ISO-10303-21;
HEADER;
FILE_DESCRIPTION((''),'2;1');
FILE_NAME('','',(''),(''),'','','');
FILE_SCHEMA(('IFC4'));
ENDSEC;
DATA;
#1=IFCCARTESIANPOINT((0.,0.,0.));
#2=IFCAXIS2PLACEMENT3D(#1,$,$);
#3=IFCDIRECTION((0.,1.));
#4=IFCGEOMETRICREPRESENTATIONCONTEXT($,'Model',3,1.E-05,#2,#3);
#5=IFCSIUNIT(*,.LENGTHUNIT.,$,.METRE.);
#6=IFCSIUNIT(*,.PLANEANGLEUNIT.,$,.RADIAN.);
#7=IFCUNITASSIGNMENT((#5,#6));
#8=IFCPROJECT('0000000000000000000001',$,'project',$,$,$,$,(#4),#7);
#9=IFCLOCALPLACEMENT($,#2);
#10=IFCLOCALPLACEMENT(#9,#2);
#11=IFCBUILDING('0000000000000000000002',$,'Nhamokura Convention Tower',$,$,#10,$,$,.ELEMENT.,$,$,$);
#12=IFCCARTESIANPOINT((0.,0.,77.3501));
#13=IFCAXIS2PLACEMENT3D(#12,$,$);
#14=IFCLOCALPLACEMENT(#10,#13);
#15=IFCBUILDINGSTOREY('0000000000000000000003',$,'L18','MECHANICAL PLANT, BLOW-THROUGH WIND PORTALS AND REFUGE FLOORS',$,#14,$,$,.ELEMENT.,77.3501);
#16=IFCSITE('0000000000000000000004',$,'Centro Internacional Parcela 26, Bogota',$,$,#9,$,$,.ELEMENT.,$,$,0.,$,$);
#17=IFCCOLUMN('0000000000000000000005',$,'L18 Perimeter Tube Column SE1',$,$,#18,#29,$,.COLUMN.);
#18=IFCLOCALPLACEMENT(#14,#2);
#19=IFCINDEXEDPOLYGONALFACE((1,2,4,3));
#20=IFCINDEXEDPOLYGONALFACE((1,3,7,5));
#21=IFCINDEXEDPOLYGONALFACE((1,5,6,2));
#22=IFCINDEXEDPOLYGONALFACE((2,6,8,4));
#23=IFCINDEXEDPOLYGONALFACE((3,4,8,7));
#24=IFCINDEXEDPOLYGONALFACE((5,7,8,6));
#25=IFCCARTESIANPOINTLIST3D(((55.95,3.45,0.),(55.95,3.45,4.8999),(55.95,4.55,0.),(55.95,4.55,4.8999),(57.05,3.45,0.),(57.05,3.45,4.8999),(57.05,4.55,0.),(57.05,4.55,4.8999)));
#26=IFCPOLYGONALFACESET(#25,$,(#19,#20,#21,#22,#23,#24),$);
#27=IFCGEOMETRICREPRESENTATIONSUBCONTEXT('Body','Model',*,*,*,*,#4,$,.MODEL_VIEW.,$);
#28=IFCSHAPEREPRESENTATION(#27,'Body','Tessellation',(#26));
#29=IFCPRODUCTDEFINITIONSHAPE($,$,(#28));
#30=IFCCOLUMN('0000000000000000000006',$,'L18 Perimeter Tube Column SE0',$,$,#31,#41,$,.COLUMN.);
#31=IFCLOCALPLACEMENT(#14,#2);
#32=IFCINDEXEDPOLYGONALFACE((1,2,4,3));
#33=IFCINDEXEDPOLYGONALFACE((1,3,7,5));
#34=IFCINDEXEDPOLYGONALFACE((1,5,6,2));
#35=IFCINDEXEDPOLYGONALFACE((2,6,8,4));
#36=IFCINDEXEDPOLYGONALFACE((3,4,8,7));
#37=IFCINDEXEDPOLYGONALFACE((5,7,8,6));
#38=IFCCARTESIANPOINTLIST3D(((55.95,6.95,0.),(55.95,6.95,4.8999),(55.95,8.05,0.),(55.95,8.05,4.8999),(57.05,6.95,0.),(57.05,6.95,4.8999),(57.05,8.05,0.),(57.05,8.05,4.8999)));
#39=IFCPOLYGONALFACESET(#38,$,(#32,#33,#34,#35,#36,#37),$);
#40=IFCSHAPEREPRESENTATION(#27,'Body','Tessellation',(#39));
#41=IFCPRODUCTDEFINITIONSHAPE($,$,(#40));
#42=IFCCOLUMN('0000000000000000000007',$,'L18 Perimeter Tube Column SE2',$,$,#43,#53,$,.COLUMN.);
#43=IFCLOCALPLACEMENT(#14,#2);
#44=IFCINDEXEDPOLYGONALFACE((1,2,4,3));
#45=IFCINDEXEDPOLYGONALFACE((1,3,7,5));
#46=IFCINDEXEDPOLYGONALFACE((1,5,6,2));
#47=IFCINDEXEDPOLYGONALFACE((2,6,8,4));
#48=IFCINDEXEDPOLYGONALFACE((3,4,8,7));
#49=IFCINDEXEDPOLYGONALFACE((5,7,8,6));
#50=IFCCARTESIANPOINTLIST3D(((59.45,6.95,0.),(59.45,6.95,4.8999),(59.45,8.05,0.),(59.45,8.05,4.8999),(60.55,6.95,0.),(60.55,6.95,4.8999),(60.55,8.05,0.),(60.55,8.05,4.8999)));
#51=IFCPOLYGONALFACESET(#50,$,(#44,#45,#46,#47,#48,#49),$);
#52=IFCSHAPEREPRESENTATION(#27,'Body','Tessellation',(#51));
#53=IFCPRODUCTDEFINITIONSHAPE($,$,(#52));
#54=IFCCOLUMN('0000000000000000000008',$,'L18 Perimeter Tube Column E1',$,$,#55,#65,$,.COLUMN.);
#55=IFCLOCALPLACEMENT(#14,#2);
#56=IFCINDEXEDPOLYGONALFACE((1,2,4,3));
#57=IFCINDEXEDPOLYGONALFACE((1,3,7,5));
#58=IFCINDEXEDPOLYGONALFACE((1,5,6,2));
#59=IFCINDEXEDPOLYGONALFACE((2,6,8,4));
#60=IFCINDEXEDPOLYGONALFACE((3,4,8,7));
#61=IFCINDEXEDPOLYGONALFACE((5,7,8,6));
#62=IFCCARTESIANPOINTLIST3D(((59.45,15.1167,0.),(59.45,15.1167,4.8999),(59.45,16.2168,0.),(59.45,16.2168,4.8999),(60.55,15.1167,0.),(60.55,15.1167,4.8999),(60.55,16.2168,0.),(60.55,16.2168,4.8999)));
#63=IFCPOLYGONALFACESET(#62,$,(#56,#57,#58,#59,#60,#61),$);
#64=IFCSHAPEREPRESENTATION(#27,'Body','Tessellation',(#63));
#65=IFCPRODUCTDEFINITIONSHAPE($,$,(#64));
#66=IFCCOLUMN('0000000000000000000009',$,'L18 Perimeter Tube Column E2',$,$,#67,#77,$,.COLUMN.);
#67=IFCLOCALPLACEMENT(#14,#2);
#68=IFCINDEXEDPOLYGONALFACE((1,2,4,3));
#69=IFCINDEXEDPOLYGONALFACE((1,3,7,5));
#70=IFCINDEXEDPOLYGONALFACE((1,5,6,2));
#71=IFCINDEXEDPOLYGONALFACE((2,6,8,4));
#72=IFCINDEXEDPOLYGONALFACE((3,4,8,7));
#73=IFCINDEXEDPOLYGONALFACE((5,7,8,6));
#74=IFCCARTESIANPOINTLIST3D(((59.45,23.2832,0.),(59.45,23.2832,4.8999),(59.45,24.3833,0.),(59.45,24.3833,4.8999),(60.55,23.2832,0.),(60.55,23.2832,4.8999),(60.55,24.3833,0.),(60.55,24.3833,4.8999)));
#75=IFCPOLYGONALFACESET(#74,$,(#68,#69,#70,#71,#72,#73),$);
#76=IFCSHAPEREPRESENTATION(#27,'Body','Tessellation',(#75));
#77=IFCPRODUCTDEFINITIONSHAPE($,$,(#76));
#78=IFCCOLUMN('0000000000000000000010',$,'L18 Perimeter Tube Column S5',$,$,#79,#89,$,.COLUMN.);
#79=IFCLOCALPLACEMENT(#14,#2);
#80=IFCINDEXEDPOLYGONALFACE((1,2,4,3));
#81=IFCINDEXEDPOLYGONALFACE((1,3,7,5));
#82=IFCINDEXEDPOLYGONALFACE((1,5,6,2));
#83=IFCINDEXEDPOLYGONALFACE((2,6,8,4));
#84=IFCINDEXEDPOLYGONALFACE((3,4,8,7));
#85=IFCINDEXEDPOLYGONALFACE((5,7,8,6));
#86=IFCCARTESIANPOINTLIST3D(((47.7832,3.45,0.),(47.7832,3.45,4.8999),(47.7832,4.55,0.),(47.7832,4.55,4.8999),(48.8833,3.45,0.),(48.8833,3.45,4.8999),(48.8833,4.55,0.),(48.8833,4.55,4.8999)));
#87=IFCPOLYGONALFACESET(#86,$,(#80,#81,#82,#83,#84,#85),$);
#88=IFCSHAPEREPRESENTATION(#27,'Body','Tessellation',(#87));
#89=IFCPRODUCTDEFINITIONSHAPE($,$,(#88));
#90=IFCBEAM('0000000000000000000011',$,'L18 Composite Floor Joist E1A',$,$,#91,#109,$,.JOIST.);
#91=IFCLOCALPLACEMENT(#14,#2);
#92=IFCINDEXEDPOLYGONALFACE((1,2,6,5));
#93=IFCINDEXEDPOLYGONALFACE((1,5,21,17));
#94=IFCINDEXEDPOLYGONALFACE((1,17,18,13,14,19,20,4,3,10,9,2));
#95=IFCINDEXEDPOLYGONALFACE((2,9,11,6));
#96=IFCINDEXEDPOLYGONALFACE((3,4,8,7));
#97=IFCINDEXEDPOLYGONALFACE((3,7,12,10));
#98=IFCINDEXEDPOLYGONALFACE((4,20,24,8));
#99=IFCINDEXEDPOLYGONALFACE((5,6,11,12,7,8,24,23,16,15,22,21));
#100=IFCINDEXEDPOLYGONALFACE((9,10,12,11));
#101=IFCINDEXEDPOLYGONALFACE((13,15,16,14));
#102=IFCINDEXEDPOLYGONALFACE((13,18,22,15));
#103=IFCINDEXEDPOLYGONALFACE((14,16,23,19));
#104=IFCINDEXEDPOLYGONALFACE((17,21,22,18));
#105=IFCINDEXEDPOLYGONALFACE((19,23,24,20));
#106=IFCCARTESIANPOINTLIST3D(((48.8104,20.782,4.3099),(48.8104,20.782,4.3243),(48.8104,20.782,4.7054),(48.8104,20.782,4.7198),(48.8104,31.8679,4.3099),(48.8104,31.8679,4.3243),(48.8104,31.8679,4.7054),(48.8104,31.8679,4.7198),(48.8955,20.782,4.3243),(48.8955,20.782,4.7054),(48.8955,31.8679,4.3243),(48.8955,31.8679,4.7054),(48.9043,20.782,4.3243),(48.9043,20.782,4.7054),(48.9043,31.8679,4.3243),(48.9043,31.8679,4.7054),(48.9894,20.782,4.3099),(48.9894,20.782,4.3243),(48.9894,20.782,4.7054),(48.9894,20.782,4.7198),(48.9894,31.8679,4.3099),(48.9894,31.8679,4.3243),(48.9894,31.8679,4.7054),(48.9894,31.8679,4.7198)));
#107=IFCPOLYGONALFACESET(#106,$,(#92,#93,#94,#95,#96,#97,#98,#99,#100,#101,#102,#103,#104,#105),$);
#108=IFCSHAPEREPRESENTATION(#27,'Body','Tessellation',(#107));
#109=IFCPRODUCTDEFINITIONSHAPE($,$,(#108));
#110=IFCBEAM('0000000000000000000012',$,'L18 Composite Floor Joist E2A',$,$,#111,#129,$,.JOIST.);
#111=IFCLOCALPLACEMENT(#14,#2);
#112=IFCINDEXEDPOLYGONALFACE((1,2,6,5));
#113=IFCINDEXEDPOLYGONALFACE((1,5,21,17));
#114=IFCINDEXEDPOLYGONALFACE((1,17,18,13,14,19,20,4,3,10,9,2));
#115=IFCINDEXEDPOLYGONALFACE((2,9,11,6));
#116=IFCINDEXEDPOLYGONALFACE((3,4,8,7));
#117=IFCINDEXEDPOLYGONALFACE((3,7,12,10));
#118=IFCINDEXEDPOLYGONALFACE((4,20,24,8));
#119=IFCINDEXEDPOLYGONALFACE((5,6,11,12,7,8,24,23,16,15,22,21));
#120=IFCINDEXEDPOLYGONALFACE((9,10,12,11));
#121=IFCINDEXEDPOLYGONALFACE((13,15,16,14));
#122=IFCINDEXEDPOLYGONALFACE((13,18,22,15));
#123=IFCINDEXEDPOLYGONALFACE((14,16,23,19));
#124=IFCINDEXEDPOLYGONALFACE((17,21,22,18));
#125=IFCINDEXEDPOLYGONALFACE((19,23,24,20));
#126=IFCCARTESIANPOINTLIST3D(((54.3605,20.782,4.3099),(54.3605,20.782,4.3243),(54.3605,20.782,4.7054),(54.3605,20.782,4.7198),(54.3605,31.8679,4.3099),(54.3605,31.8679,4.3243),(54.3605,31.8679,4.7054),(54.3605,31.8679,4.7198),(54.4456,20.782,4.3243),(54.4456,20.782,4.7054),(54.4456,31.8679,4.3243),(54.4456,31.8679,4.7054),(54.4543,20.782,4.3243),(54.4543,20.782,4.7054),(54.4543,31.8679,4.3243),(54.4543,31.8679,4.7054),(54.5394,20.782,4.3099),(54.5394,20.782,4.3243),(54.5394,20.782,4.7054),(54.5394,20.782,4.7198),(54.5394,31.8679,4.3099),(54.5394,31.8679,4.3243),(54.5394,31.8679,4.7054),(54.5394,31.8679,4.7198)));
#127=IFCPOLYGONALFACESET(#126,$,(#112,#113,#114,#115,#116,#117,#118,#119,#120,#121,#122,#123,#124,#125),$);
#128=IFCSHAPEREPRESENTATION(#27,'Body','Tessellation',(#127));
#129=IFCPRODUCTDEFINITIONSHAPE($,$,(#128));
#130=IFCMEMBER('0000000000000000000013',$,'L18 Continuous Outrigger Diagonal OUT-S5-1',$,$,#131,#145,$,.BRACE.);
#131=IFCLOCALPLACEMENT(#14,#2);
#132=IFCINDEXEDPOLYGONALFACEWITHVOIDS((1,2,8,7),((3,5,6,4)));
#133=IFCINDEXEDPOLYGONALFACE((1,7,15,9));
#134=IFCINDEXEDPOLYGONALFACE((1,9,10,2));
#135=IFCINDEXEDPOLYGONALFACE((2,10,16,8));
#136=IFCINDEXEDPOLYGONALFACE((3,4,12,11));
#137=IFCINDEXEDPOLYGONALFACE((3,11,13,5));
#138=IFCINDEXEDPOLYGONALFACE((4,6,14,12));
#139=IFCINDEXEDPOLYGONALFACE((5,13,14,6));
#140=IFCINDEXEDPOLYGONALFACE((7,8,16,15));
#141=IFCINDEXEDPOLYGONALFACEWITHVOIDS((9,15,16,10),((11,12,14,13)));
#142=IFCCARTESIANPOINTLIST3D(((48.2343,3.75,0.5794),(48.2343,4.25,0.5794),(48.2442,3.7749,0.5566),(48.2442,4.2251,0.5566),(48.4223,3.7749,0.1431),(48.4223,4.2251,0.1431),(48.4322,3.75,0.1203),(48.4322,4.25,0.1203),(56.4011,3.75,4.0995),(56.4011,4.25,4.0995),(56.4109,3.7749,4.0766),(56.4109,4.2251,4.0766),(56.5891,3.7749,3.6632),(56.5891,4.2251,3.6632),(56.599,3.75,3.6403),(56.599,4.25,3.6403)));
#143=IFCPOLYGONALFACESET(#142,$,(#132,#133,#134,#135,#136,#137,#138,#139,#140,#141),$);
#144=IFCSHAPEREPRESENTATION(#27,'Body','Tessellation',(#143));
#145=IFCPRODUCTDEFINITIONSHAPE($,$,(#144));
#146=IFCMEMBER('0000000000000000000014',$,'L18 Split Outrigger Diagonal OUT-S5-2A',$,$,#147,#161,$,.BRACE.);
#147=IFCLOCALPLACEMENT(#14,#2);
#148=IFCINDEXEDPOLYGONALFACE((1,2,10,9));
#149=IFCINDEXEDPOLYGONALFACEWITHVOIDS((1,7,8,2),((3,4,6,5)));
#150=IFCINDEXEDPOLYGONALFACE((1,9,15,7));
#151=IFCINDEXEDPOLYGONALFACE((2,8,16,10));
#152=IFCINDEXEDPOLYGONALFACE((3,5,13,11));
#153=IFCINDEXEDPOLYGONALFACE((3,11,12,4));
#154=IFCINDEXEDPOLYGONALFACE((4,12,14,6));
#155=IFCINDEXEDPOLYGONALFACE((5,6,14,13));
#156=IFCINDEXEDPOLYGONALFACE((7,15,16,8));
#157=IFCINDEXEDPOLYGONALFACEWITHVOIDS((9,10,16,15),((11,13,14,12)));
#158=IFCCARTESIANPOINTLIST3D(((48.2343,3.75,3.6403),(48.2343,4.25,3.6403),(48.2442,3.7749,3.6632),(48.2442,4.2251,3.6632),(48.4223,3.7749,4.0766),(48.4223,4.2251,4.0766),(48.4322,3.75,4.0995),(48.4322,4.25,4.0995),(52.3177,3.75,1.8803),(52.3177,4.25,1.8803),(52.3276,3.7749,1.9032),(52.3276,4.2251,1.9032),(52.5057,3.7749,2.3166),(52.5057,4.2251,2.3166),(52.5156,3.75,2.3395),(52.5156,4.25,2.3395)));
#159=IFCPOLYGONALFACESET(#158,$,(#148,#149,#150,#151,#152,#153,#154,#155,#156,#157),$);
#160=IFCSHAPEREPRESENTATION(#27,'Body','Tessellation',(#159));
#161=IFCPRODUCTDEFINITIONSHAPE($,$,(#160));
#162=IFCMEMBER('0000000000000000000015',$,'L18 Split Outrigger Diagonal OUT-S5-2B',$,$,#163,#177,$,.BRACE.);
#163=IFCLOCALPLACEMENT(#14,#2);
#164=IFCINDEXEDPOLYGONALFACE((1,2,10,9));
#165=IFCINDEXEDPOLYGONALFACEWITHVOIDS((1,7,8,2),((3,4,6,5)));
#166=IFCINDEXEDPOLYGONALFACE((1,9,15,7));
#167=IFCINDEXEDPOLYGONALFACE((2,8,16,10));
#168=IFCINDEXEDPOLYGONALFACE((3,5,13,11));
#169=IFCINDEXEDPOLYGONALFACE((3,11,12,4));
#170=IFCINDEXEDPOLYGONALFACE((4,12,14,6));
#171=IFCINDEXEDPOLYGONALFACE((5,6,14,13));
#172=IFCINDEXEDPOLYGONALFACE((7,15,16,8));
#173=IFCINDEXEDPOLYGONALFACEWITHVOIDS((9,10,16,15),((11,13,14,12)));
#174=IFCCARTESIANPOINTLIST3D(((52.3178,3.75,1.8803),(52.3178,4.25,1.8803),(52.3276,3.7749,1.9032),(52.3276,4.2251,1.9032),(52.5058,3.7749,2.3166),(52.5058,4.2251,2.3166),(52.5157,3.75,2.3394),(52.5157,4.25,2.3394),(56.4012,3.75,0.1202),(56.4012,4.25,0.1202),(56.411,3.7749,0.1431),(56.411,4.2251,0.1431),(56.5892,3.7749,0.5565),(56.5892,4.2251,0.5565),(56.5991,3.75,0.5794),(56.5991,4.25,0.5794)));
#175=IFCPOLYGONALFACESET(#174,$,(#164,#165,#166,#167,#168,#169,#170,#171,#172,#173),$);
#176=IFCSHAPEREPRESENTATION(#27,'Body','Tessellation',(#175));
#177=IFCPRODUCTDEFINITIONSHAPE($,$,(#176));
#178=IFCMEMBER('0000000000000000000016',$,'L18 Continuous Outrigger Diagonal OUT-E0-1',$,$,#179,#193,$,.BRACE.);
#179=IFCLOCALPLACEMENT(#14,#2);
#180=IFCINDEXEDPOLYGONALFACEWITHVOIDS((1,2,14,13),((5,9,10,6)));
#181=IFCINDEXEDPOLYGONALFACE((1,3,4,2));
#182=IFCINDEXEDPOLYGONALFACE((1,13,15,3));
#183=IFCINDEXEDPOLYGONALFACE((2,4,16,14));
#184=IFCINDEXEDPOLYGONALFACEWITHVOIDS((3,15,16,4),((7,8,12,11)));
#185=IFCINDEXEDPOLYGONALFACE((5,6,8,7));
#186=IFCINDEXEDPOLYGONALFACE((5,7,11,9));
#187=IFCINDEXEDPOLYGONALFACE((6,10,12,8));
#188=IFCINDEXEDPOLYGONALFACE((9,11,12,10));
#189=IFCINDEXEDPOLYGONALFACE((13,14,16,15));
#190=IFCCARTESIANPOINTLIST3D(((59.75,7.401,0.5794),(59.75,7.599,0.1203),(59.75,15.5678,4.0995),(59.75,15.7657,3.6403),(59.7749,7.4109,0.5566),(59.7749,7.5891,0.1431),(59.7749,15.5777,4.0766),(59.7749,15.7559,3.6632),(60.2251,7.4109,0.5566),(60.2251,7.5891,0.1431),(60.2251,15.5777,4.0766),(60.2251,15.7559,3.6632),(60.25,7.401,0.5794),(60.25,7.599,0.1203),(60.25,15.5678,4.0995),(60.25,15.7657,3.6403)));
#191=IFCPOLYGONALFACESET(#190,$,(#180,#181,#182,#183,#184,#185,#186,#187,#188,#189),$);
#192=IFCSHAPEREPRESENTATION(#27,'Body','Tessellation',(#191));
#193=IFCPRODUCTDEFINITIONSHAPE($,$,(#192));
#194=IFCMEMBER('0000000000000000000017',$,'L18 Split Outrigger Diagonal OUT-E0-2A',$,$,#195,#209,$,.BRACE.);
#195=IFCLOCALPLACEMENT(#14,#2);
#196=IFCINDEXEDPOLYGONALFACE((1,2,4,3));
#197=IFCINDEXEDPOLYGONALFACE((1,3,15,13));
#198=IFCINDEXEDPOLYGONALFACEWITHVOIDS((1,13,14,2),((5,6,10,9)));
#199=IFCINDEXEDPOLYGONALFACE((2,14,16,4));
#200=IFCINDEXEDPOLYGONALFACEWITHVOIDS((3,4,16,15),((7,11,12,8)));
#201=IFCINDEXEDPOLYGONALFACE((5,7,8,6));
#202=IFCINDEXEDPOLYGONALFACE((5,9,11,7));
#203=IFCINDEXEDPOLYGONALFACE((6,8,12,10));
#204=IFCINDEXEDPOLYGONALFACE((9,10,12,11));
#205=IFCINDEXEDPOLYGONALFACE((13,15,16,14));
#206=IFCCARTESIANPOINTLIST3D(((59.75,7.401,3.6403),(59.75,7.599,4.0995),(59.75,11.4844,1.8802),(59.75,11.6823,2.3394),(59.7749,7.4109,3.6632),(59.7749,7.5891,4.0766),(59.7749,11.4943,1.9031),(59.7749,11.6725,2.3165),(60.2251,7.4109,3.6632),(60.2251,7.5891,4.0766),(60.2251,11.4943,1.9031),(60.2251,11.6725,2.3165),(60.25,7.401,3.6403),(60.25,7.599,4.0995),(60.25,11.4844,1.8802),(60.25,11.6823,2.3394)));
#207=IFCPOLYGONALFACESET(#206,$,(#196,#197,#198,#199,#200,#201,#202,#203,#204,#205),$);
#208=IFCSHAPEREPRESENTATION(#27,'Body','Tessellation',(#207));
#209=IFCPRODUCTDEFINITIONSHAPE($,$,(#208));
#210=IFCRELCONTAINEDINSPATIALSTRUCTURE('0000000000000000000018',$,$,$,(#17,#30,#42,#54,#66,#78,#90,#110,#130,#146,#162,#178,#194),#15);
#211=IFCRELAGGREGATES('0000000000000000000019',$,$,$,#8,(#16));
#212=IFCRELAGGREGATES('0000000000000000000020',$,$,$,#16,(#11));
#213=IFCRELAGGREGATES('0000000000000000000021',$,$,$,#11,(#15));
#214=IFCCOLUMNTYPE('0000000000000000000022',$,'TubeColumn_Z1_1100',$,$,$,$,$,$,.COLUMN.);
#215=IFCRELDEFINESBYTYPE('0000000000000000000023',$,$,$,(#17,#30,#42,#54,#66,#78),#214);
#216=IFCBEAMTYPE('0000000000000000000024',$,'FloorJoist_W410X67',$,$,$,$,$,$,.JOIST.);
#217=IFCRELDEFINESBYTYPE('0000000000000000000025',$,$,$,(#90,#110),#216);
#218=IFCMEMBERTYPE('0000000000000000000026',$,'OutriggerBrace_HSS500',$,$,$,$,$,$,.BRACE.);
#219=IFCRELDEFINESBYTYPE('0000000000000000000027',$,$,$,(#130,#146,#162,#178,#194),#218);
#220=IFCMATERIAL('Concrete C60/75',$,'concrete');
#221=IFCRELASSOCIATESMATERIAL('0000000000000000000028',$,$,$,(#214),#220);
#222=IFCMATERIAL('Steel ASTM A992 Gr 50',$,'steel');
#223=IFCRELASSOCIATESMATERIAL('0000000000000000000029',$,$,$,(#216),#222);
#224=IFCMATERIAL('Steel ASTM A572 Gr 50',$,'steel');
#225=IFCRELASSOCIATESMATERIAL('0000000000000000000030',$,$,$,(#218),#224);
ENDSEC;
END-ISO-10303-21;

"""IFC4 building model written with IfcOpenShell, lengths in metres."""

from ifc_helpers import new_model, si_unit, direction, frame, origin, origin_2d, place, context, subcontext, project, spatial, rectangle, hollow_rectangle, i_section, extrude, material, material_profile, profile_set, type_object, element, save


model = new_model("IFC4")

# Units and contexts
model_context = context("Model", 3, precision=1e-05, world=origin(), true_north=direction((0.0, 1.0)))
body_context = subcontext(model_context, "Body", "Model", "MODEL_VIEW")
ifc_project = project(units=[si_unit("LENGTHUNIT", "METRE"), si_unit("PLANEANGLEUNIT", "RADIAN")], contexts=[model_context])

# Site, building, storey
site_placement = place(None, origin())
site = spatial("IfcSite", under=ifc_project, at=site_placement, Name="Centro Internacional Parcela 26, Bogota", CompositionType="ELEMENT", RefElevation=0.0)
building_placement = place(site_placement, origin())
building = spatial("IfcBuilding", under=site, at=building_placement, Name="Nhamokura Convention Tower", CompositionType="ELEMENT")
storey_placement = place(building_placement, frame((0.0, 0.0, 77.3501)))
storey = spatial("IfcBuildingStorey", under=building, at=storey_placement, Name="L18", Description="MECHANICAL PLANT, BLOW-THROUGH WIND PORTALS AND REFUGE FLOORS", CompositionType="ELEMENT", Elevation=77.3501)

# Columns
ifc_material_1 = material(Name="Concrete C60/75", Category="concrete")
ifc_material_profile_1 = material_profile(ifc_material_1, rectangle(XDim=1.1001, YDim=1.1001, at=origin_2d()))
ifc_profile_set_1 = profile_set([ifc_material_profile_1], Name="Concrete C60/75")
column_type = type_object("IfcColumnType", Name="TubeColumn_Z1_1100", PredefinedType="COLUMN", material=ifc_profile_set_1)
for number, where, z_axis, x_axis, name in (
    (1, (56.5, 4.0, 0.0), (0.0, 0.0, 1.0), (1.0, 0.0, 0.0), "L18 Perimeter Tube Column SE1"),
    (2, (56.5, 7.5, 0.0), (0.0, 0.0, 1.0), (1.0, 0.0, 0.0), "L18 Perimeter Tube Column SE0"),
    (3, (60.0, 7.5, 0.0), (0.0, 0.0, 1.0), (1.0, 0.0, 0.0), "L18 Perimeter Tube Column SE2"),
    (4, (60.0, 15.6667, 0.0), (0.0, 0.0, 1.0), (1.0, 0.0, 0.0), "L18 Perimeter Tube Column E1"),
    (5, (60.0, 23.8333, 0.0), (0.0, 0.0, 1.0), (1.0, 0.0, 0.0), "L18 Perimeter Tube Column E2"),
    (6, (48.3333, 4.0, 0.0), (0.0, 0.0, 1.0), (1.0, 0.0, 0.0), "L18 Perimeter Tube Column S5"),
):
    element("IfcColumn", number, at=place(storey_placement, frame(where, z_axis=z_axis, x_axis=x_axis)), inside=storey, type_object=column_type, Name=name, PredefinedType="COLUMN", context=body_context, shape_type="SweptSolid", body=[
        extrude(rectangle(XDim=1.1001, YDim=1.1001, at=origin_2d()), origin(), (0.0, 0.0, 1.0), 4.8999),
    ])

# Beams
ifc_material_2 = material(Name="Steel ASTM A992 Gr 50", Category="steel")
ifc_material_profile_2 = material_profile(ifc_material_2, i_section(OverallWidth=0.179, OverallDepth=0.4099, WebThickness=0.0088, FlangeThickness=0.0144, at=origin_2d()))
ifc_profile_set_2 = profile_set([ifc_material_profile_2], Name="Steel ASTM A992 Gr 50")
beam_type_1 = type_object("IfcBeamType", Name="FloorJoist_W410X67", PredefinedType="JOIST", material=ifc_profile_set_2)
for number, where, z_axis, x_axis, name in (
    (7, (48.8999, 20.782, 4.5149), (0.0, 1.0, 0.0), (-1.0, 0.0, 0.0), "L18 Composite Floor Joist E1A"),
    (8, (54.45, 20.782, 4.5149), (0.0, 1.0, 0.0), (-1.0, 0.0, 0.0), "L18 Composite Floor Joist E2A"),
):
    element("IfcBeam", number, at=place(storey_placement, frame(where, z_axis=z_axis, x_axis=x_axis)), inside=storey, type_object=beam_type_1, Name=name, PredefinedType="JOIST", context=body_context, shape_type="SweptSolid", body=[
        extrude(i_section(OverallWidth=0.179, OverallDepth=0.4099, WebThickness=0.0088, FlangeThickness=0.0144, at=origin_2d()), origin(), (0.0, 0.0, 1.0), 11.0859),
    ])

# Members
ifc_material_3 = material(Name="Steel ASTM A572 Gr 50", Category="steel")
ifc_material_profile_3 = material_profile(ifc_material_3, hollow_rectangle(XDim=0.5, YDim=0.5, WallThickness=0.0249, at=origin_2d()))
ifc_profile_set_3 = profile_set([ifc_material_profile_3], Name="Steel ASTM A572 Gr 50")
member_type = type_object("IfcMemberType", Name="OutriggerBrace_HSS500", PredefinedType="BRACE", material=ifc_profile_set_3)
member_1_placement = place(storey_placement, frame((48.3333, 4.0, 0.3499), z_axis=(0.918329, 0.0, 0.395817), x_axis=(0.0, 1.0, 0.0)))
element("IfcMember", 9, at=member_1_placement, inside=storey, type_object=member_type, Name="L18 Continuous Outrigger Diagonal OUT-S5-1", PredefinedType="BRACE", context=body_context, shape_type="SweptSolid", body=[
    extrude(hollow_rectangle(XDim=0.5, YDim=0.5, WallThickness=0.0249, at=origin_2d()), origin(), (0.0, 0.0, 1.0), 8.8931),
])
for number, where, z_axis, x_axis, name in (
    (10, (48.3333, 4.0, 3.8699), (0.918334, 0.0, -0.395807), (0.0, 1.0, 0.0), "L18 Split Outrigger Diagonal OUT-S5-2A"),
    (11, (52.4167, 4.0, 2.1099), (0.918325, 0.0, -0.395827), (0.0, 1.0, 0.0), "L18 Split Outrigger Diagonal OUT-S5-2B"),
):
    element("IfcMember", number, at=place(storey_placement, frame(where, z_axis=z_axis, x_axis=x_axis)), inside=storey, type_object=member_type, Name=name, PredefinedType="BRACE", context=body_context, shape_type="SweptSolid", body=[
        extrude(hollow_rectangle(XDim=0.5, YDim=0.5, WallThickness=0.0249, at=origin_2d()), origin(), (0.0, 0.0, 1.0), 4.4465),
    ])
member_2_placement = place(storey_placement, frame((60.0, 7.5, 0.3499), z_axis=(0.0, 0.918329, 0.395817), x_axis=(-1.0, 0.0, 0.0)))
element("IfcMember", 12, at=member_2_placement, inside=storey, type_object=member_type, Name="L18 Continuous Outrigger Diagonal OUT-E0-1", PredefinedType="BRACE", context=body_context, shape_type="SweptSolid", body=[
    extrude(hollow_rectangle(XDim=0.5, YDim=0.5, WallThickness=0.0249, at=origin_2d()), origin(), (0.0, 0.0, 1.0), 8.8931),
])
for number, where, z_axis, x_axis, name in (
    (13, (60.0, 7.5, 3.8699), (0.0, 0.918325, -0.395827), (-1.0, 0.0, 0.0), "L18 Split Outrigger Diagonal OUT-E0-2A"),
):
    element("IfcMember", number, at=place(storey_placement, frame(where, z_axis=z_axis, x_axis=x_axis)), inside=storey, type_object=member_type, Name=name, PredefinedType="BRACE", context=body_context, shape_type="SweptSolid", body=[
        extrude(hollow_rectangle(XDim=0.5, YDim=0.5, WallThickness=0.0249, at=origin_2d()), origin(), (0.0, 0.0, 1.0), 4.4465),
    ])

save(model, "model.ifc")
